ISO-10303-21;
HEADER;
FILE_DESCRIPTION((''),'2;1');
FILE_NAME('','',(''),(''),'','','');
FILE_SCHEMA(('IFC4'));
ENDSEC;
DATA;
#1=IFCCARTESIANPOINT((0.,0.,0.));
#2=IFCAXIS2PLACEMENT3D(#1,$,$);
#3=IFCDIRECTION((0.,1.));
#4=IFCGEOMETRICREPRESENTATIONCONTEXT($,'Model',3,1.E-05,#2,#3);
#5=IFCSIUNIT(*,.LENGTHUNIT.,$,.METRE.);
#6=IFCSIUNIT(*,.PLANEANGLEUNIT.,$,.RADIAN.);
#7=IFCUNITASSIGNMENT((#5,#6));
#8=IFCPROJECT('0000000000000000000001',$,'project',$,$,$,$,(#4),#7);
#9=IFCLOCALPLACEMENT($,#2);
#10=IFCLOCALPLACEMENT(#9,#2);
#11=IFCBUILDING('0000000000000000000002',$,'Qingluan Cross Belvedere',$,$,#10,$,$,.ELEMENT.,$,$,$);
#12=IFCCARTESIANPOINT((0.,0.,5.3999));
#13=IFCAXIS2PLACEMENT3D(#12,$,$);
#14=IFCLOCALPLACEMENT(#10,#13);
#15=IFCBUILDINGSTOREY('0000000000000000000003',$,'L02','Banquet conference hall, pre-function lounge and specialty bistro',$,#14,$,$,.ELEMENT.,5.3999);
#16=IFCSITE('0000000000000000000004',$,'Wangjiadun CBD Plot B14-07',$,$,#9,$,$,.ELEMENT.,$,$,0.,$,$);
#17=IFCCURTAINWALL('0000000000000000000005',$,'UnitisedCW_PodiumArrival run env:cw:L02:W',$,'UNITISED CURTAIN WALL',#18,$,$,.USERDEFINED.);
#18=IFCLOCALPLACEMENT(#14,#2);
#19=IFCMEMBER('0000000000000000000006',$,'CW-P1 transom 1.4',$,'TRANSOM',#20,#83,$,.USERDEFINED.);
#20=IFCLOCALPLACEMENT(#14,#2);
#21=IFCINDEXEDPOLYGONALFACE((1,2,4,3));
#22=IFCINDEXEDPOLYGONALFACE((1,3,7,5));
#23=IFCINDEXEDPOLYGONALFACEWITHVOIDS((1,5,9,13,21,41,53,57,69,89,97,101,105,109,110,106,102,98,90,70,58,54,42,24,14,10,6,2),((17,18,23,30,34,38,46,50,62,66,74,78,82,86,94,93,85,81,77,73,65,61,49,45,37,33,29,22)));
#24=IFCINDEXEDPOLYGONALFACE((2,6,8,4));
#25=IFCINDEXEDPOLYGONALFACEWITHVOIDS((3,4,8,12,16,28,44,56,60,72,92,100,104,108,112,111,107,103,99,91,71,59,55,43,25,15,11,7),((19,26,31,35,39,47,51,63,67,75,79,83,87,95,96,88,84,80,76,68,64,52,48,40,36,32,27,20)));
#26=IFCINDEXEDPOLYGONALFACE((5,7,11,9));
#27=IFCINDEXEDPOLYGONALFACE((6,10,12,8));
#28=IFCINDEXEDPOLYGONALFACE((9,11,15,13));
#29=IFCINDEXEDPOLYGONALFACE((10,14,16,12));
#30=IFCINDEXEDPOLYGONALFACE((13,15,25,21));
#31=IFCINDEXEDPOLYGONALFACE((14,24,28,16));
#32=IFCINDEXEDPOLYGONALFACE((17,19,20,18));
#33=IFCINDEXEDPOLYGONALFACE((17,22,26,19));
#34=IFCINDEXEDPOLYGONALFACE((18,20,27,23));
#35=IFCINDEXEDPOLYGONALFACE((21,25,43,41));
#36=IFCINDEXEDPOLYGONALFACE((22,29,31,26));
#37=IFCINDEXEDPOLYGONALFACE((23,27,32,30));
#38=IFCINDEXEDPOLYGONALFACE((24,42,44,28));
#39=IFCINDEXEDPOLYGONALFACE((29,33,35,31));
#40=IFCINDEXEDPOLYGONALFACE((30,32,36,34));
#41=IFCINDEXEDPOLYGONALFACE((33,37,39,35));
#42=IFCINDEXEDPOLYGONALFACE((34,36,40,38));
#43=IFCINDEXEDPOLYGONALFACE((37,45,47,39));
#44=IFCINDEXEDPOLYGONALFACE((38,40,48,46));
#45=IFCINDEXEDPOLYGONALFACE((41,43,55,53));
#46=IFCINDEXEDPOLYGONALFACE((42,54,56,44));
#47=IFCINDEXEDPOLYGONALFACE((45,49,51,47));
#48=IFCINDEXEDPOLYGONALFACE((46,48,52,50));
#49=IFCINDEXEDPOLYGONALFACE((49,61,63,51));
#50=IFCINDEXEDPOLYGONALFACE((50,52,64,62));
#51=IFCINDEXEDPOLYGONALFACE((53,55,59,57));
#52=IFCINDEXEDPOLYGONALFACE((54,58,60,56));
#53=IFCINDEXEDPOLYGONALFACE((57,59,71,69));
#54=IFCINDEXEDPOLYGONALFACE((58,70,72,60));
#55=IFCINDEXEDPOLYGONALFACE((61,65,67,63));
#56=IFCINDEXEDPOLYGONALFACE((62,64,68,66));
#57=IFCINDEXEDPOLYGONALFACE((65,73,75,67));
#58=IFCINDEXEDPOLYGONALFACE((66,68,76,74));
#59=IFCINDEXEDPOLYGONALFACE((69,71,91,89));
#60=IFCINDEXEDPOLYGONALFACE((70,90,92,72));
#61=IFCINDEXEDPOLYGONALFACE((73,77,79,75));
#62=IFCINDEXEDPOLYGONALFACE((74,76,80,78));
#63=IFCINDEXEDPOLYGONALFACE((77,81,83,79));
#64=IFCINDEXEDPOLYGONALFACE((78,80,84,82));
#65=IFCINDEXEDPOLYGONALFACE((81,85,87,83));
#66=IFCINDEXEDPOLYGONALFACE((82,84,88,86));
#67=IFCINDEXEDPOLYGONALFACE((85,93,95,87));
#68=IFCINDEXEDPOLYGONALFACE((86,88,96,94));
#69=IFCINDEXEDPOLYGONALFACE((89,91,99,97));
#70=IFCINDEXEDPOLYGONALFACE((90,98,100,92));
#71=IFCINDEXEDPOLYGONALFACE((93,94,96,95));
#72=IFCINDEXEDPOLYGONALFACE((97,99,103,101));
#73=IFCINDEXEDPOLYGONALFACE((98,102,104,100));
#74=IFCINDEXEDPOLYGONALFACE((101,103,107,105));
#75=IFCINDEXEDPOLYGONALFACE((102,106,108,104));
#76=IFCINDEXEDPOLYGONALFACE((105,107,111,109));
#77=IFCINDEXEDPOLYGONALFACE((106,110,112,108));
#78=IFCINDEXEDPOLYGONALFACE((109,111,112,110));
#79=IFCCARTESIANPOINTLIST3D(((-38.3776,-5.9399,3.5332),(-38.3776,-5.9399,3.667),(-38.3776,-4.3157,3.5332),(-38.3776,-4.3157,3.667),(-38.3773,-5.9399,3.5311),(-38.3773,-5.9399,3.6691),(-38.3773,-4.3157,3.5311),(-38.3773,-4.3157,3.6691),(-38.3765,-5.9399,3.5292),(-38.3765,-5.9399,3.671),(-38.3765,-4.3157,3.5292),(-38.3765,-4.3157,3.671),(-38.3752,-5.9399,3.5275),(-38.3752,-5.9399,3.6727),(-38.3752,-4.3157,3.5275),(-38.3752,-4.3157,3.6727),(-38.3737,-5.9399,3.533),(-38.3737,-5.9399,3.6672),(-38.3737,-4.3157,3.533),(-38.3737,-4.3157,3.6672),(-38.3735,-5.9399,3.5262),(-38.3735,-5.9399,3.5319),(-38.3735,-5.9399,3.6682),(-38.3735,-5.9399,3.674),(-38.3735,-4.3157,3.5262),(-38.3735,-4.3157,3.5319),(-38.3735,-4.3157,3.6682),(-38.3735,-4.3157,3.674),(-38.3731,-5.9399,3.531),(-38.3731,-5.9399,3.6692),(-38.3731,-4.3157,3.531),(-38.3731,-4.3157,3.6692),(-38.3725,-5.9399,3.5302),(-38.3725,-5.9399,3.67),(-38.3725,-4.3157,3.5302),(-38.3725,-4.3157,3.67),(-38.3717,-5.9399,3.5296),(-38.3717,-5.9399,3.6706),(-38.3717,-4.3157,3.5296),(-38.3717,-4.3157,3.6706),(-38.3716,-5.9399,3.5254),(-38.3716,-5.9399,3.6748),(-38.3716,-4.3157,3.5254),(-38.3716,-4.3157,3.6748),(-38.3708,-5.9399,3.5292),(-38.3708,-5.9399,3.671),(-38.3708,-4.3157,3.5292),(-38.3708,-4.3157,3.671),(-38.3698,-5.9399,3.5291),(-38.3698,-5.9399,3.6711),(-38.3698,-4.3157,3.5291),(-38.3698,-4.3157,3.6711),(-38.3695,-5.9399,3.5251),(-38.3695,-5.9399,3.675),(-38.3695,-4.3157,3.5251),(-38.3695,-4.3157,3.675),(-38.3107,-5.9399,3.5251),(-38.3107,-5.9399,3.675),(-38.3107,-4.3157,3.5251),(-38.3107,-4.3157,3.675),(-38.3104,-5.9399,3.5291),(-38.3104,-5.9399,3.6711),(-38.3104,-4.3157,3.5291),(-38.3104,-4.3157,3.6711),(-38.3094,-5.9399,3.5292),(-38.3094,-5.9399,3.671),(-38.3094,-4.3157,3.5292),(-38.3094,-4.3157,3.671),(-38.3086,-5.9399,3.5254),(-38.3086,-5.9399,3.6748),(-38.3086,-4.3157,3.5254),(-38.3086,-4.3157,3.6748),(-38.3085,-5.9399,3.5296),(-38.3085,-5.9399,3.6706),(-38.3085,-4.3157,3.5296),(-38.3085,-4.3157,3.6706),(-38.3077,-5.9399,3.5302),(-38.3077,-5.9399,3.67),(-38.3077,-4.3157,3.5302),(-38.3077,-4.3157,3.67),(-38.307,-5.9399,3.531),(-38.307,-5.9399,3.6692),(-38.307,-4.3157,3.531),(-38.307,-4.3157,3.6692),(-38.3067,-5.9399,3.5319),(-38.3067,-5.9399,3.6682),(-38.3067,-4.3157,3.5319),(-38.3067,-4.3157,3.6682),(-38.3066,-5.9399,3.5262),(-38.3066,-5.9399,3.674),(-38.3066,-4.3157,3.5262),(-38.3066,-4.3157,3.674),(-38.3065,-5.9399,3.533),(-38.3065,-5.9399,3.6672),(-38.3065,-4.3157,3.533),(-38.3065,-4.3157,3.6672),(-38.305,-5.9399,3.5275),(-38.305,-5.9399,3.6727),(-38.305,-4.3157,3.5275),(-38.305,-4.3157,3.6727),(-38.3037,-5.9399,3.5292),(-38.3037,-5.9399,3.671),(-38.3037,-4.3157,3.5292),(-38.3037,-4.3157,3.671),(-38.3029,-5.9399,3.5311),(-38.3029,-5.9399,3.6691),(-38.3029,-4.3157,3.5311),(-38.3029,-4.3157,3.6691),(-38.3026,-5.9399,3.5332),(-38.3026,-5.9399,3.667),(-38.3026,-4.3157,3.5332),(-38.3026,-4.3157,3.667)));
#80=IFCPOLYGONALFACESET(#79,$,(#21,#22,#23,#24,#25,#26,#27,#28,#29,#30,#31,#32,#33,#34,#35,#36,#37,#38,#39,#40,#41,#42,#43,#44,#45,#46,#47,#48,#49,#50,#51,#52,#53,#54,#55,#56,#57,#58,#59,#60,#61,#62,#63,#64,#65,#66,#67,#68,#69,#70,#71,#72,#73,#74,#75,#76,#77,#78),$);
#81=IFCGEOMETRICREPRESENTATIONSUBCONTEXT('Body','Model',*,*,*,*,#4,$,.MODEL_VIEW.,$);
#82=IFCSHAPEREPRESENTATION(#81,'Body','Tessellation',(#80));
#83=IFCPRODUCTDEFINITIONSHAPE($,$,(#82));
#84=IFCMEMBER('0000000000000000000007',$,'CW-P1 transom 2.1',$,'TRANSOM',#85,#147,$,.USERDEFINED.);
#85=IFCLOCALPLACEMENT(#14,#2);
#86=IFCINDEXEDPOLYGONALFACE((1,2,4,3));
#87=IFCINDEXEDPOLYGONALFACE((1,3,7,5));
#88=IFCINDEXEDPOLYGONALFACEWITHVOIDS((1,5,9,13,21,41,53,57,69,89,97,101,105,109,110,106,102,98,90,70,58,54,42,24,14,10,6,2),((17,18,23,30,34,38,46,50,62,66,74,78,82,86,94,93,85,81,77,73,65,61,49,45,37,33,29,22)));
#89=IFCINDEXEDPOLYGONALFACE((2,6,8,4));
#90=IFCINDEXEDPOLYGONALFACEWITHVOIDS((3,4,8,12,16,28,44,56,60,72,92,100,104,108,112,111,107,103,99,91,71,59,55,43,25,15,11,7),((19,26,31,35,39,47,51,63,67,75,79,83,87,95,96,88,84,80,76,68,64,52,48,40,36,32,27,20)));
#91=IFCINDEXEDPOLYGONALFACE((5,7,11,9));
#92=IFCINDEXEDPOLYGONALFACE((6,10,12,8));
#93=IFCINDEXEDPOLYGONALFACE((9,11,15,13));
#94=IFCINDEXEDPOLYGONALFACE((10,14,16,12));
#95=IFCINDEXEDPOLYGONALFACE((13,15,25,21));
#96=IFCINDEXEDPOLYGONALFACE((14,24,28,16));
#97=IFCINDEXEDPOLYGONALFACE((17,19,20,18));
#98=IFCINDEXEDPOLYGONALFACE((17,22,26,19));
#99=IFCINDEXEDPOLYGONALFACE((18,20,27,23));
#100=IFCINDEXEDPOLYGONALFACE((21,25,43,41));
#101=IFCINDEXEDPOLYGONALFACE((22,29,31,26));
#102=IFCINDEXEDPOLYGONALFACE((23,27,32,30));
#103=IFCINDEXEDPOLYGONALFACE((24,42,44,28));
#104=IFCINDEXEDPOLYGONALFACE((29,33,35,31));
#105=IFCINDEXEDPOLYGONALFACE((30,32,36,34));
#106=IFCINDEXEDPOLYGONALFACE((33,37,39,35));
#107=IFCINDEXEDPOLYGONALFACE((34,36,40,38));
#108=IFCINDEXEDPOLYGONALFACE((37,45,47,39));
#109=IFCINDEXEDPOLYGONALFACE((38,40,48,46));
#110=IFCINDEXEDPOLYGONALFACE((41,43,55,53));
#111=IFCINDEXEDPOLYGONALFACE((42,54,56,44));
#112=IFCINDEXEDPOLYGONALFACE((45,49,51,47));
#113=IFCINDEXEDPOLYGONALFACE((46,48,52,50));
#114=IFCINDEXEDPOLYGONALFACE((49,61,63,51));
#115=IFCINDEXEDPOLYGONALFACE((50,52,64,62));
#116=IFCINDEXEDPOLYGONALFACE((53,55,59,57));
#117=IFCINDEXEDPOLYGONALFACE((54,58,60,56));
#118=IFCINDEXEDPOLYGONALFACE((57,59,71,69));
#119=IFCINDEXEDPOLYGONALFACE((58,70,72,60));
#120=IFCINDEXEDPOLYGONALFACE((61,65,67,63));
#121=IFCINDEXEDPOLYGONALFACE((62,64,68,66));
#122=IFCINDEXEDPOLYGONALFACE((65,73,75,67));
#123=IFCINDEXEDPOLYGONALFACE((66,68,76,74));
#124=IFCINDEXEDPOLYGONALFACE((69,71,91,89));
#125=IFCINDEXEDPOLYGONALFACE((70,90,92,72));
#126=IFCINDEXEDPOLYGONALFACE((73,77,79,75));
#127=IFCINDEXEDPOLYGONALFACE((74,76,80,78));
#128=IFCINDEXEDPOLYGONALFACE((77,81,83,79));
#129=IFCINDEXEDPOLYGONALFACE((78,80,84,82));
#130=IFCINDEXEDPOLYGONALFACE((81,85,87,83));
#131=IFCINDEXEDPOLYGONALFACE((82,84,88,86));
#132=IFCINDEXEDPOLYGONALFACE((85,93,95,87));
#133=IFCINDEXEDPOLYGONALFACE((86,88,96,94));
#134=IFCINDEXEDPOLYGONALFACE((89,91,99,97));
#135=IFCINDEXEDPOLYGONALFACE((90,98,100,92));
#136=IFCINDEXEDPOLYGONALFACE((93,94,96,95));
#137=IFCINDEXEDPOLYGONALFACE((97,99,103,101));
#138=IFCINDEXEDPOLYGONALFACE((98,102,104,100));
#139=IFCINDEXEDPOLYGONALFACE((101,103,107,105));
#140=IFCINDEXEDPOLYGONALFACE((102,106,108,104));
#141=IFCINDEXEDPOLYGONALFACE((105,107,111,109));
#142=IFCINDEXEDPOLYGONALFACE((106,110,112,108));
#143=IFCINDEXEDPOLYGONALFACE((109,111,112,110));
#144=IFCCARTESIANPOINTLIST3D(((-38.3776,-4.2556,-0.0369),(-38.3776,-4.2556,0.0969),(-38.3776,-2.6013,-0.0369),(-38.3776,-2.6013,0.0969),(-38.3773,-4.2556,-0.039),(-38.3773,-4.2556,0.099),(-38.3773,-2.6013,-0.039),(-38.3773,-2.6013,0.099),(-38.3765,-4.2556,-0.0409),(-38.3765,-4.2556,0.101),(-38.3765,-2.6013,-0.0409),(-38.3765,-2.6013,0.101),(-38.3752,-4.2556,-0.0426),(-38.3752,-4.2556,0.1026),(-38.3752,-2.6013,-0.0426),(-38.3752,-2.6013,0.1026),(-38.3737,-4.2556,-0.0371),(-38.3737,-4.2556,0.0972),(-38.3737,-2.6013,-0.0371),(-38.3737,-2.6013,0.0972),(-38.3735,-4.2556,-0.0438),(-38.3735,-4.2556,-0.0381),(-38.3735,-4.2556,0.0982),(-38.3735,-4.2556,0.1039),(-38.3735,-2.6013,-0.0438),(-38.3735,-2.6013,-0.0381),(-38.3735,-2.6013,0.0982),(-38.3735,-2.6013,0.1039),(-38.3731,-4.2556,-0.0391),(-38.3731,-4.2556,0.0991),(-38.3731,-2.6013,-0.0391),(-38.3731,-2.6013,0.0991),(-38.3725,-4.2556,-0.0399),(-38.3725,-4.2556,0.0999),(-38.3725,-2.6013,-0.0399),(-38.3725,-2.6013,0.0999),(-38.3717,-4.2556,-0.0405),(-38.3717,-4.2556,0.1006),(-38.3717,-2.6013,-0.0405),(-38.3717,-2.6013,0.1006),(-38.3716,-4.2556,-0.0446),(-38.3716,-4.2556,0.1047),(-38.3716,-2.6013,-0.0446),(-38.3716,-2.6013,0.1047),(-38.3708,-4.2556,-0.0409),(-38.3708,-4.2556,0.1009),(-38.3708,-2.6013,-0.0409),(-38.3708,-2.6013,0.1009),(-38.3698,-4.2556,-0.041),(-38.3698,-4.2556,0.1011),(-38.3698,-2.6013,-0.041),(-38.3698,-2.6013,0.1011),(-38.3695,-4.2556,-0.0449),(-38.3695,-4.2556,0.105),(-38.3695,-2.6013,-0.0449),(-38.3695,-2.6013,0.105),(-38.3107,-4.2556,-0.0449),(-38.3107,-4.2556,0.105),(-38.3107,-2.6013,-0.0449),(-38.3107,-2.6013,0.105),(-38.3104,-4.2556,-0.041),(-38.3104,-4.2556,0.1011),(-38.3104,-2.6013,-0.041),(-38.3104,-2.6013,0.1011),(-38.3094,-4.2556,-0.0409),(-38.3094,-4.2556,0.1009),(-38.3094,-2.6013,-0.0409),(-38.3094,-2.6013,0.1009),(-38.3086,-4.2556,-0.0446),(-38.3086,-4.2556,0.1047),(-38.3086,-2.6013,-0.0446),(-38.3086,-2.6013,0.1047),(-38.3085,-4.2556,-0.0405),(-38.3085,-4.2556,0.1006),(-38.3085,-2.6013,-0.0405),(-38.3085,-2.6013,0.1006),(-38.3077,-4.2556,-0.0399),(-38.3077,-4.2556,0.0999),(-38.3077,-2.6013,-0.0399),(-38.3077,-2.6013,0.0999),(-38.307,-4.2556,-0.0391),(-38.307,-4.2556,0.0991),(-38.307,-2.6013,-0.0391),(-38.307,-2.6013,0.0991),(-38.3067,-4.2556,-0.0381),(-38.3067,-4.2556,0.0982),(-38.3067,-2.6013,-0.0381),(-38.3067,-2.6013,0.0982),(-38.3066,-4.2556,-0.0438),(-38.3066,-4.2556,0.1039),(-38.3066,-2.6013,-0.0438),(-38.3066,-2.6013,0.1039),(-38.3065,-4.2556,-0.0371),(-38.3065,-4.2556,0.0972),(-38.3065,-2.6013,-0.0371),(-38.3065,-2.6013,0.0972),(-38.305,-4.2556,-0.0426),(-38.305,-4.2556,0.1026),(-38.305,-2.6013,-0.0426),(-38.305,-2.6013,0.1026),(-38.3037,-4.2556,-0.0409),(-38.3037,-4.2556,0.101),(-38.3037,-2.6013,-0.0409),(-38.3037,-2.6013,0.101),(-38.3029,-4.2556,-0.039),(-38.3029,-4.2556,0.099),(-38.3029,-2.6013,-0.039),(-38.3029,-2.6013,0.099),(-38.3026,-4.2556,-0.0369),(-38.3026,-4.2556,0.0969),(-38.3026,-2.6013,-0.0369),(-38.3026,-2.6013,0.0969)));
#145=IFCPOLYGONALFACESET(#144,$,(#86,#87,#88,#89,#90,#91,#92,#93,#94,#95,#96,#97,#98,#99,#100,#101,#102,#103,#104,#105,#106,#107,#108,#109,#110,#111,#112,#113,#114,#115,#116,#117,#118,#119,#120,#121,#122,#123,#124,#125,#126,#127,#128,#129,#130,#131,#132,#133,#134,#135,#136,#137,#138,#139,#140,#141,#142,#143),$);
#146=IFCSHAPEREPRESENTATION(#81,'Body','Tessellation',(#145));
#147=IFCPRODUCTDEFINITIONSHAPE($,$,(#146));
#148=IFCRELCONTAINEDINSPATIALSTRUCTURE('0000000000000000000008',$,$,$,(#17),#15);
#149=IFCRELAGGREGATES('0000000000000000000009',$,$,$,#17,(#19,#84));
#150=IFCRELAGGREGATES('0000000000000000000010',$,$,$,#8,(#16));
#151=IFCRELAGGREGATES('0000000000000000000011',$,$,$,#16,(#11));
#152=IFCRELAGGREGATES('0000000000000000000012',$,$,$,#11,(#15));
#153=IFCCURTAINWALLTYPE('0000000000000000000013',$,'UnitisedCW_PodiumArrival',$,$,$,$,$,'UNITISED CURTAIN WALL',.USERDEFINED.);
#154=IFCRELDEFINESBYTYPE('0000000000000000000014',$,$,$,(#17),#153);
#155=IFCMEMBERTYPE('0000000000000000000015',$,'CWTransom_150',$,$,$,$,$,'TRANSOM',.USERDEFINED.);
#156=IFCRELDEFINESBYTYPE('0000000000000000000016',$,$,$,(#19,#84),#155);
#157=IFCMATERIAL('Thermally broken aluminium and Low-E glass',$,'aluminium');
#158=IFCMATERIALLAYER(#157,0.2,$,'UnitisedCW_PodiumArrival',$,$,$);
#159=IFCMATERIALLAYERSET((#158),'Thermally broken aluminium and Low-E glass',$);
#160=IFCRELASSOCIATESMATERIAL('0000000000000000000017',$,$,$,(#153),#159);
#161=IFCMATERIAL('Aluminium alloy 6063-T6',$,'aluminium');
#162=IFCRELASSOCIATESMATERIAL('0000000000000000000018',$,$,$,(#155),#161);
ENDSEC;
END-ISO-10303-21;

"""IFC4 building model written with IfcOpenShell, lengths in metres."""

from ifc_helpers import new_model, si_unit, direction, frame, origin, origin_2d, place, context, subcontext, project, spatial, hollow_rectangle, extrude, material, layer, layer_set, material_profile, profile_set, type_object, element, aggregate, save


model = new_model("IFC4")

# Units and contexts
model_context = context("Model", 3, precision=1e-05, world=origin(), true_north=direction((0.0, 1.0)))
body_context = subcontext(model_context, "Body", "Model", "MODEL_VIEW")
ifc_project = project(units=[si_unit("LENGTHUNIT", "METRE"), si_unit("PLANEANGLEUNIT", "RADIAN")], contexts=[model_context])

# Site, building, storey
site_placement = place(None, origin())
site = spatial("IfcSite", under=ifc_project, at=site_placement, Name="Wangjiadun CBD Plot B14-07", CompositionType="ELEMENT", RefElevation=0.0)
building_placement = place(site_placement, origin())
building = spatial("IfcBuilding", under=site, at=building_placement, Name="Qingluan Cross Belvedere", CompositionType="ELEMENT")
storey_placement = place(building_placement, frame((0.0, 0.0, 5.3999)))
storey = spatial("IfcBuildingStorey", under=building, at=storey_placement, Name="L02", Description="Banquet conference hall, pre-function lounge and specialty bistro", CompositionType="ELEMENT", Elevation=5.3999)

# Curtain wall, members
ifc_material_1 = material(Name="Thermally broken aluminium and Low-E glass", Category="aluminium")
ifc_layer_1 = layer(ifc_material_1, 0.2, Name="UnitisedCW_PodiumArrival")
ifc_layer_set_1 = layer_set([ifc_layer_1], Name="Thermally broken aluminium and Low-E glass")
curtain_wall_type = type_object("IfcCurtainWallType", Name="UnitisedCW_PodiumArrival", ElementType="UNITISED CURTAIN WALL", PredefinedType="USERDEFINED", material=ifc_layer_set_1)
curtain_wall_placement = place(storey_placement, origin())
curtain_wall = element("IfcCurtainWall", 1, at=curtain_wall_placement, inside=storey, type_object=curtain_wall_type, Name="UnitisedCW_PodiumArrival run env:cw:L02:W", ObjectType="UNITISED CURTAIN WALL", PredefinedType="USERDEFINED")
ifc_material_2 = material(Name="Aluminium alloy 6063-T6", Category="aluminium")
ifc_material_profile_1 = material_profile(ifc_material_2, hollow_rectangle(XDim=0.075, YDim=0.1499, WallThickness=0.0039, InnerFilletRadius=0.0039, OuterFilletRadius=0.0081, at=origin_2d()), Name="CWT150x75x4")
ifc_profile_set_1 = profile_set([ifc_material_profile_1], Name="Aluminium alloy 6063-T6")
member_type_1 = type_object("IfcMemberType", Name="CWTransom_150", ElementType="TRANSOM", PredefinedType="USERDEFINED", material=ifc_profile_set_1)
member_1_placement = place(storey_placement, frame((-38.3401, -5.9399, 3.6001), z_axis=(0.0, 1.0, 0.0), x_axis=(-1.0, 0.0, 0.0)))
member_1 = element("IfcMember", 2, at=member_1_placement, type_object=member_type_1, Name="CW-P1 transom 1.4", ObjectType="TRANSOM", PredefinedType="USERDEFINED", context=body_context, shape_type="SweptSolid", body=[
    extrude(hollow_rectangle(XDim=0.075, YDim=0.1499, WallThickness=0.0039, InnerFilletRadius=0.0039, OuterFilletRadius=0.0081, at=origin_2d()), origin(), (0.0, 0.0, 1.0), 1.6243),
])
member_2_placement = place(storey_placement, frame((-38.3401, -4.2556, 0.03), z_axis=(0.0, 1.0, 0.0), x_axis=(-1.0, 0.0, 0.0)))
member_2 = element("IfcMember", 3, at=member_2_placement, type_object=member_type_1, Name="CW-P1 transom 2.1", ObjectType="TRANSOM", PredefinedType="USERDEFINED", context=body_context, shape_type="SweptSolid", body=[
    extrude(hollow_rectangle(XDim=0.075, YDim=0.1499, WallThickness=0.0039, InnerFilletRadius=0.0039, OuterFilletRadius=0.0081, at=origin_2d()), origin(), (0.0, 0.0, 1.0), 1.6543),
])

aggregate(curtain_wall, [member_1, member_2])

save(model, "model.ifc")
